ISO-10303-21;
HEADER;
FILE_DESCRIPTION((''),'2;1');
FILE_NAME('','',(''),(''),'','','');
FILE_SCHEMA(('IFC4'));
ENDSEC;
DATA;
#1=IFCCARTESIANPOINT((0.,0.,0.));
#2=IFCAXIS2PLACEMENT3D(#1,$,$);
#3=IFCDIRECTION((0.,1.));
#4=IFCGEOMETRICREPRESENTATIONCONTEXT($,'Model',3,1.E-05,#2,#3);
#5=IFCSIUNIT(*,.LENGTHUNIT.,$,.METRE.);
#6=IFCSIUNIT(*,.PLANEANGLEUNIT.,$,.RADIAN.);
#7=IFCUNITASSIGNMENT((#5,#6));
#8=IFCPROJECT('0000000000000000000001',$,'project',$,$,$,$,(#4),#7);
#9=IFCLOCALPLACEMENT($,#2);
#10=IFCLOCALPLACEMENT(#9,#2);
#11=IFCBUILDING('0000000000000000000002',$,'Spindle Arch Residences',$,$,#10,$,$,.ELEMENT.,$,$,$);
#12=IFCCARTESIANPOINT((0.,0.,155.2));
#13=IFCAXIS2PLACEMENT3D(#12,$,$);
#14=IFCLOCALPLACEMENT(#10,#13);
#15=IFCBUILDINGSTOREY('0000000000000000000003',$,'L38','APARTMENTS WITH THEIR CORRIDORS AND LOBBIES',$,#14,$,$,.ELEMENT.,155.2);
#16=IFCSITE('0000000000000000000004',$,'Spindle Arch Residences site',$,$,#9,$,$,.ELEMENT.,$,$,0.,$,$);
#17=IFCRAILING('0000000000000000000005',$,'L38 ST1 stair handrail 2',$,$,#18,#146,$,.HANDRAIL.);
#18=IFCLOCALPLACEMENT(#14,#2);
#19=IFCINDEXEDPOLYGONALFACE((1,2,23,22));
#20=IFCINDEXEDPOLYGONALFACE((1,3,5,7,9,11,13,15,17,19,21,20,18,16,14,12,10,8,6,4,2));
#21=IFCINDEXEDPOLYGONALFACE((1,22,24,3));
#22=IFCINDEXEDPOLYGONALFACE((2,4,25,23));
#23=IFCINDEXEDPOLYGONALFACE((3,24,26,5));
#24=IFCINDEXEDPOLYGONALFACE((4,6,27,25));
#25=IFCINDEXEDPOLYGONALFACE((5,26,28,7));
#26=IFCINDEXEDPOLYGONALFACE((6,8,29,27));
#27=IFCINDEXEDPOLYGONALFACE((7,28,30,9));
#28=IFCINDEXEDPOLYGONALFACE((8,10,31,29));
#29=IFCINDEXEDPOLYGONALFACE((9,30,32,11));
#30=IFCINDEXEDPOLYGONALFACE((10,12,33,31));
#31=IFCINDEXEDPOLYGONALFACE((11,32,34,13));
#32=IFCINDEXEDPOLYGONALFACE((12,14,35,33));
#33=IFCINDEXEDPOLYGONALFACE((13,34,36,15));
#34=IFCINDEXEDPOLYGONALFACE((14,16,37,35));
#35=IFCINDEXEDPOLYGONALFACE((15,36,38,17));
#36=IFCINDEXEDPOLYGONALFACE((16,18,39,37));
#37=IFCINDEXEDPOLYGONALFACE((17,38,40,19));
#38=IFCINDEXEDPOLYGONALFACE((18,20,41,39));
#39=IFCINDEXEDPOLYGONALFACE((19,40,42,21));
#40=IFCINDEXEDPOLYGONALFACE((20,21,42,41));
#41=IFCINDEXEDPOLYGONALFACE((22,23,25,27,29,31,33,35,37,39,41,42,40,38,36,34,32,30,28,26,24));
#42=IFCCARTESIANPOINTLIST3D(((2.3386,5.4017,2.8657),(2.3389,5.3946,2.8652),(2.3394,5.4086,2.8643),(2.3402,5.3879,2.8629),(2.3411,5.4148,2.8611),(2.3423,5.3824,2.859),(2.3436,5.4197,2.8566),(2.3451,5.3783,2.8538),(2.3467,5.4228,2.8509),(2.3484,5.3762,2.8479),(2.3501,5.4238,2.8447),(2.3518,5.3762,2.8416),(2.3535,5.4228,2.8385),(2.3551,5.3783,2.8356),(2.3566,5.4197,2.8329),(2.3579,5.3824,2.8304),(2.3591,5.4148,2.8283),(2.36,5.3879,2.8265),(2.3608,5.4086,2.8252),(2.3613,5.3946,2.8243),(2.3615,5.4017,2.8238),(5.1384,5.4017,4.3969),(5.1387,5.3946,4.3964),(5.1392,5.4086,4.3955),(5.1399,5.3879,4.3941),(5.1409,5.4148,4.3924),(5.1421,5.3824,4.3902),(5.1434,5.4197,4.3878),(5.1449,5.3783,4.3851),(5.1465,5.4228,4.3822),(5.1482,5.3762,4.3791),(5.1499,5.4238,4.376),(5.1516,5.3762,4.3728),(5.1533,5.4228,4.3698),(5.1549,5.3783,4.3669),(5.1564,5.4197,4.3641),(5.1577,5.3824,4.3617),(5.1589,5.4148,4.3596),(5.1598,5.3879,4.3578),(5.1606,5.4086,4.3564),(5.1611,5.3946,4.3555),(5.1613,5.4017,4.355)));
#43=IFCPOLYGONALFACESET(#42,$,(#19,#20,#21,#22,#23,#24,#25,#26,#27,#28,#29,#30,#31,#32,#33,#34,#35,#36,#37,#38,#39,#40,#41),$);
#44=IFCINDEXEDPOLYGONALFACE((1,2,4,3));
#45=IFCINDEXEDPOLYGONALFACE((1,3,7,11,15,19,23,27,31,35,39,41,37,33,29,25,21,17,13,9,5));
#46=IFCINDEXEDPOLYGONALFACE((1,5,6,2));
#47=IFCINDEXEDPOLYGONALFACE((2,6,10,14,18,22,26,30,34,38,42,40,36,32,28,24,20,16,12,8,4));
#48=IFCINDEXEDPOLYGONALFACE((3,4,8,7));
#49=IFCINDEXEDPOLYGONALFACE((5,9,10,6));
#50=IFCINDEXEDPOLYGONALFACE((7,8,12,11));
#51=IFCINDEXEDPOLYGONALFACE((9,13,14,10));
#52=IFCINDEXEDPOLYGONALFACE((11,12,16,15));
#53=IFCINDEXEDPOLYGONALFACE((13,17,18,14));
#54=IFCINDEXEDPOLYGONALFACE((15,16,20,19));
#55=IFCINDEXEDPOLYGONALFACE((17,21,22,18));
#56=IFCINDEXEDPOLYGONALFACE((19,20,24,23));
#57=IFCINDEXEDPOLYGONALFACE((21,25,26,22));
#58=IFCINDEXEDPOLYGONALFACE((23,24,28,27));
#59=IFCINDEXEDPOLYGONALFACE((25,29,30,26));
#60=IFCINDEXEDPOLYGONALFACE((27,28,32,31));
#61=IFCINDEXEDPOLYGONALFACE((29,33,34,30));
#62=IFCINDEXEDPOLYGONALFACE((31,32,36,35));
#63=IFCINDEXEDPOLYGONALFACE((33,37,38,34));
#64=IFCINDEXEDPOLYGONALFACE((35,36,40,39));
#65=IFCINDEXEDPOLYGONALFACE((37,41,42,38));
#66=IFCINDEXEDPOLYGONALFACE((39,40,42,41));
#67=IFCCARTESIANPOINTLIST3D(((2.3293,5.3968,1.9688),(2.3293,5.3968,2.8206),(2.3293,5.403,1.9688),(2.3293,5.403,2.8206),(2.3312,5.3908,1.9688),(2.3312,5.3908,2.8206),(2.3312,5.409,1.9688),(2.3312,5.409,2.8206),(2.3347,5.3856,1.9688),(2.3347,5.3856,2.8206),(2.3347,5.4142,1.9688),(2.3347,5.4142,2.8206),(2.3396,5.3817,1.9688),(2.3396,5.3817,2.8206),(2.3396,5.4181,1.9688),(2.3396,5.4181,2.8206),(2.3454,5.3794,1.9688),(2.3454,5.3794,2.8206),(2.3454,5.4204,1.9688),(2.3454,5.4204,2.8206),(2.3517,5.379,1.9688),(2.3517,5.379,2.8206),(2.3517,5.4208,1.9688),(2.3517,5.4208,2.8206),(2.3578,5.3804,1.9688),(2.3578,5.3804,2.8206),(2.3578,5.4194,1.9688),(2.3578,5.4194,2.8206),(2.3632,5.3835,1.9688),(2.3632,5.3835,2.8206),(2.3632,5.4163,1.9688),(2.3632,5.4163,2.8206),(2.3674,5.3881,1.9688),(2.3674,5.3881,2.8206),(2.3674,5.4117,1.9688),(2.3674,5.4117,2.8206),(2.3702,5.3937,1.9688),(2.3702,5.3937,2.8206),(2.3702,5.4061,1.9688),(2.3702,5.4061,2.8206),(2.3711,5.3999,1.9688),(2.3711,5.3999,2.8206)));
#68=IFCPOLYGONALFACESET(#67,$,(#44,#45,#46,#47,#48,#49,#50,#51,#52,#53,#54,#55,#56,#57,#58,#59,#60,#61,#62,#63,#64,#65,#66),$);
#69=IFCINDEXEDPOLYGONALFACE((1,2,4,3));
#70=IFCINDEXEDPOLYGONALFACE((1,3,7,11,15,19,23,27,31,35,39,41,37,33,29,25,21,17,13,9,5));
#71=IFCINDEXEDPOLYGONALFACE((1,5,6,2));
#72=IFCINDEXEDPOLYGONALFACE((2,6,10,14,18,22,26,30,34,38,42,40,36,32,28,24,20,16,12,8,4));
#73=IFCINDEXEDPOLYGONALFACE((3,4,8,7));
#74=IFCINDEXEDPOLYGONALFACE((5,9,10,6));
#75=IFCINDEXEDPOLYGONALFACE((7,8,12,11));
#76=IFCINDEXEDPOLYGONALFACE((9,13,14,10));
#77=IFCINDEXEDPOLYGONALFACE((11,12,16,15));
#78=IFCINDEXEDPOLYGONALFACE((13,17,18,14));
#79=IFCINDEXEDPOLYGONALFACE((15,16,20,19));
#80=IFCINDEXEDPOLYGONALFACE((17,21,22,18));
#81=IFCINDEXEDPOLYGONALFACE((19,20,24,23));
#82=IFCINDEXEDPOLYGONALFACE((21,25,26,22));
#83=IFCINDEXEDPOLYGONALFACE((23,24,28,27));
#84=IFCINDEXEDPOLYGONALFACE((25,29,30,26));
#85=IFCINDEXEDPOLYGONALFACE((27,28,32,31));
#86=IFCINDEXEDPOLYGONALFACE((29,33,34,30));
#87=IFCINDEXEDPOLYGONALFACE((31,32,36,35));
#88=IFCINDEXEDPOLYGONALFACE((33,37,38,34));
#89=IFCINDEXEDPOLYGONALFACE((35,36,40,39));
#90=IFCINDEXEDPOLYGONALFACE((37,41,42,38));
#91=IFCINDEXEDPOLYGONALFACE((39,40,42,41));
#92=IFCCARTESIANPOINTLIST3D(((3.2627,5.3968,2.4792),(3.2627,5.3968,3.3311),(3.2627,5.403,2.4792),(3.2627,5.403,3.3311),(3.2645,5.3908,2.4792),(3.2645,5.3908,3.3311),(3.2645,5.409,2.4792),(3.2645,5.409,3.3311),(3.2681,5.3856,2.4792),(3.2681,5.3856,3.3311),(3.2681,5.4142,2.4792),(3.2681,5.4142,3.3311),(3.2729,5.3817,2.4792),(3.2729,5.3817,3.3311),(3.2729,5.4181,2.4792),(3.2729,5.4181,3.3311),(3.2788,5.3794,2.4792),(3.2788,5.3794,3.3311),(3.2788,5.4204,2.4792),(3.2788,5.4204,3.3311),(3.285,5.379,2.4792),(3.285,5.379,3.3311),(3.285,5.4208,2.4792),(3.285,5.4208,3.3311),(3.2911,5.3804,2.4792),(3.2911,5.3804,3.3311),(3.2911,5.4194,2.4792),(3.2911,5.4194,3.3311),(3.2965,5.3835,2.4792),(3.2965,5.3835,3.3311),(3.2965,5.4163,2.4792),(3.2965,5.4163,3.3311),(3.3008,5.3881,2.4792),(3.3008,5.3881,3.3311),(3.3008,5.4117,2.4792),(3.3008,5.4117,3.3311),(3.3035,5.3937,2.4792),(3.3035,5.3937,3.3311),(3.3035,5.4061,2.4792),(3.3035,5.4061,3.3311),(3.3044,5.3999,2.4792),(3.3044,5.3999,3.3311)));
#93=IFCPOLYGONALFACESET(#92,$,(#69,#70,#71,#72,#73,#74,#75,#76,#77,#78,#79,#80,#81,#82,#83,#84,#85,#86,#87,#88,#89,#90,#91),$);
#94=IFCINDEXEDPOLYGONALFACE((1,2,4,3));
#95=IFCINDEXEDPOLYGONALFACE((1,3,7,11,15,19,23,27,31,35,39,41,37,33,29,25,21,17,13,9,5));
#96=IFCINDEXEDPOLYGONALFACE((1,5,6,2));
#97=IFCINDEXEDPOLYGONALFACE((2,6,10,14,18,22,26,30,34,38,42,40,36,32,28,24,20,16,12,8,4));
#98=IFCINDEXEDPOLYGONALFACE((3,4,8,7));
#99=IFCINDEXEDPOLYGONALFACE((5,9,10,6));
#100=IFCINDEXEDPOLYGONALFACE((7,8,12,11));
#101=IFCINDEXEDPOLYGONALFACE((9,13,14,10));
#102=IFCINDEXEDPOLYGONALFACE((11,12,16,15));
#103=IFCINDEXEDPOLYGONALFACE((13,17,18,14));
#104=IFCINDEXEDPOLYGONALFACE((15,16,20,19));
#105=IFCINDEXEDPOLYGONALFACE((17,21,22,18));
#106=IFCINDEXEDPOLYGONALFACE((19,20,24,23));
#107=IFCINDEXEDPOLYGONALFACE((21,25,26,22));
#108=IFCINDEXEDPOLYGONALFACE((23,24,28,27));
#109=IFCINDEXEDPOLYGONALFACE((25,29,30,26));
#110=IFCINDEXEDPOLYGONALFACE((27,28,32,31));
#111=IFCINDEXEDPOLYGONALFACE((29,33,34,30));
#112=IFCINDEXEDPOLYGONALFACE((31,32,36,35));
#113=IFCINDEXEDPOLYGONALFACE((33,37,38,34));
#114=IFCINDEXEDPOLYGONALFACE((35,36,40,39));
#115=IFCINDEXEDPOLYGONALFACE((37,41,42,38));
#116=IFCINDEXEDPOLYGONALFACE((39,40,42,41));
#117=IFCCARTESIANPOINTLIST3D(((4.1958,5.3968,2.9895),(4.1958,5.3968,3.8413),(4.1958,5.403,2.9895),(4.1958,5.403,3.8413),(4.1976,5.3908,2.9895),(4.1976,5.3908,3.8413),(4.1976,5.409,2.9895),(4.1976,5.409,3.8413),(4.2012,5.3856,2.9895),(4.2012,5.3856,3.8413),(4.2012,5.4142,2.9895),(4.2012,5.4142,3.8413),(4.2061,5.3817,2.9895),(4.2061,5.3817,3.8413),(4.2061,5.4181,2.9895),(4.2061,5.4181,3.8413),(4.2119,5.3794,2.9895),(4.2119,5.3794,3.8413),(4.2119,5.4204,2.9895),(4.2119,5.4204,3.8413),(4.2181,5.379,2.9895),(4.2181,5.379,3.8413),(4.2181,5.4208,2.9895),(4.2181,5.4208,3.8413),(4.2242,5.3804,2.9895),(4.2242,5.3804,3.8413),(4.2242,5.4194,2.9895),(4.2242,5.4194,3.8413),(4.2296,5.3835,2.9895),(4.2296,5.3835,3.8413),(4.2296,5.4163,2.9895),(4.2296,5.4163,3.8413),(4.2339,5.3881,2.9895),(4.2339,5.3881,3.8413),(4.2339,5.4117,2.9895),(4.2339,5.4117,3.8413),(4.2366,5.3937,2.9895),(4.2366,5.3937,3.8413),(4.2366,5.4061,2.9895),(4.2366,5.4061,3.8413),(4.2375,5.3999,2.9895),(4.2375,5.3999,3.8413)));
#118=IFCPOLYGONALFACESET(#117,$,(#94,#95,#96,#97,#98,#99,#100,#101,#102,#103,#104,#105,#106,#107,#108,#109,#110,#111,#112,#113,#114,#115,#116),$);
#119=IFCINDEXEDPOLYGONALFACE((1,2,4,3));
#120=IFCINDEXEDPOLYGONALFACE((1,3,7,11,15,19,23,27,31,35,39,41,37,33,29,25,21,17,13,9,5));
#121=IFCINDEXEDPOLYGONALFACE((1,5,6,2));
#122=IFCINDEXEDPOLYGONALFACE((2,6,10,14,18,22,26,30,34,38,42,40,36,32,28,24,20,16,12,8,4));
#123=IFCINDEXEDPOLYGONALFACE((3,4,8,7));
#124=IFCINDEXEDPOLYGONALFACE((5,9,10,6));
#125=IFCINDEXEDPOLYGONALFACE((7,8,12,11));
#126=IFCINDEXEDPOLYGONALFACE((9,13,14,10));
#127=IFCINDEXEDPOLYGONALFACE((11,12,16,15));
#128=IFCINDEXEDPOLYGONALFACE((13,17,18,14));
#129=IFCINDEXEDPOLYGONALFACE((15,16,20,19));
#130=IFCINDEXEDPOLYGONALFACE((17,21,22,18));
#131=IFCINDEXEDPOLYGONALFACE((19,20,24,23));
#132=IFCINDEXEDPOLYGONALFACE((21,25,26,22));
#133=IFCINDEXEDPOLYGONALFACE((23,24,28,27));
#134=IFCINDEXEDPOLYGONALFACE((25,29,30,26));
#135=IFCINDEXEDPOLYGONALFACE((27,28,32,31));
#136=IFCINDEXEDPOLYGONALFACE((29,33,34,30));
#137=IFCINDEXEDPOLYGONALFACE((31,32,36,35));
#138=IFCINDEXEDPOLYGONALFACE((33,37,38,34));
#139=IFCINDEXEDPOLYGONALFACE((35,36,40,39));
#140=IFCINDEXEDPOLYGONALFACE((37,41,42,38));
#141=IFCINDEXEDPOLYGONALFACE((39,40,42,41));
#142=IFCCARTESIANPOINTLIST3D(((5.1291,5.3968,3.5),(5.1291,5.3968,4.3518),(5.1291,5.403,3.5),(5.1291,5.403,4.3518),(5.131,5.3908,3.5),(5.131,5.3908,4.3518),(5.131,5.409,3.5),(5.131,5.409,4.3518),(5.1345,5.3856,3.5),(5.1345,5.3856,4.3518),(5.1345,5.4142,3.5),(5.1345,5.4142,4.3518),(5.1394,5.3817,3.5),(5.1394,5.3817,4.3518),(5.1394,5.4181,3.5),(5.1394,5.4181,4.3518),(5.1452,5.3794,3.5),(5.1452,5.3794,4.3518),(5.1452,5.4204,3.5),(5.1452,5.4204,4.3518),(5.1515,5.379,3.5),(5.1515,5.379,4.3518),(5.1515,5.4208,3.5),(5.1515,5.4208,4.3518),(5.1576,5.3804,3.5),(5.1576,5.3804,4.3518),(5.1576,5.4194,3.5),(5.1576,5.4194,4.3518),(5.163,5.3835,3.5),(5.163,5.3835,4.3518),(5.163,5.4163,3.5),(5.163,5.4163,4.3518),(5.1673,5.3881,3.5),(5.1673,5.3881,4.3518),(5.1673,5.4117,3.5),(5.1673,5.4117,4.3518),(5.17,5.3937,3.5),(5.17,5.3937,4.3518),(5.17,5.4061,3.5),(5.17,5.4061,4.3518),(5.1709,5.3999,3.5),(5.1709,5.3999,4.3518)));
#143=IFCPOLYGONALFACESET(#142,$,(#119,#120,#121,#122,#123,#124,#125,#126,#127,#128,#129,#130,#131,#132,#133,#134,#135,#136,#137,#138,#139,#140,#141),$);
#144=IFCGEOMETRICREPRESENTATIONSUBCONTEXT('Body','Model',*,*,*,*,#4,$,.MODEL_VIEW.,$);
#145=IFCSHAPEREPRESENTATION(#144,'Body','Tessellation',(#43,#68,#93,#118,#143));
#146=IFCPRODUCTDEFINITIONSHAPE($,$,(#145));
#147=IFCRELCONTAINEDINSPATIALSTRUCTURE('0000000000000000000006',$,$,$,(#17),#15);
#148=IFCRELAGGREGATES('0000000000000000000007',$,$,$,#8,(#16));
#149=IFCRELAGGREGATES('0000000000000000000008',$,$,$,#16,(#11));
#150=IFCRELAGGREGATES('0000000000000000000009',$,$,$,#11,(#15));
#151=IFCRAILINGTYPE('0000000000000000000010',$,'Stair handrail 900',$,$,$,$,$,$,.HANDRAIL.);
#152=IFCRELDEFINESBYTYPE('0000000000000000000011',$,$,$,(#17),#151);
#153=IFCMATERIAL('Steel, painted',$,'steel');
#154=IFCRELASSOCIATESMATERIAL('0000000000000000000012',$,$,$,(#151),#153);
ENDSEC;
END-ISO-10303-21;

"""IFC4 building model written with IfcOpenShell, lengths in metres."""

from ifc_helpers import new_model, si_unit, direction, frame, origin, origin_2d, place, context, subcontext, project, spatial, circle, extrude, material, type_object, element, save


model = new_model("IFC4")

# Units and contexts
model_context = context("Model", 3, precision=1e-05, world=origin(), true_north=direction((0.0, 1.0)))
body_context = subcontext(model_context, "Body", "Model", "MODEL_VIEW")
ifc_project = project(units=[si_unit("LENGTHUNIT", "METRE"), si_unit("PLANEANGLEUNIT", "RADIAN")], contexts=[model_context])

# Site, building, storey
site_placement = place(None, origin())
site = spatial("IfcSite", under=ifc_project, at=site_placement, Name="Spindle Arch Residences site", CompositionType="ELEMENT", RefElevation=0.0)
building_placement = place(site_placement, origin())
building = spatial("IfcBuilding", under=site, at=building_placement, Name="Spindle Arch Residences", CompositionType="ELEMENT")
storey_placement = place(building_placement, frame((0.0, 0.0, 155.2)))
storey = spatial("IfcBuildingStorey", under=building, at=storey_placement, Name="L38", Description="APARTMENTS WITH THEIR CORRIDORS AND LOBBIES", CompositionType="ELEMENT", Elevation=155.2)

# Railing
ifc_material_1 = material(Name="Steel, painted", Category="steel")
railing_type_1 = type_object("IfcRailingType", Name="Stair handrail 900", PredefinedType="HANDRAIL", material=ifc_material_1)
railing_1_placement = place(storey_placement, frame((2.3501, 5.3999, 1.9688)))
element("IfcRailing", 1, at=railing_1_placement, inside=storey, type_object=railing_type_1, Name="L38 ST1 stair handrail 2", PredefinedType="HANDRAIL", context=body_context, shape_type="SweptSolid", body=[
    extrude(circle(Radius=0.0239, at=origin_2d()), frame((0.0, 0.0, 0.876), z_axis=(0.877357, 0.0, 0.479838), x_axis=(0.0, 1.0, 0.0)), (0.0, 0.0, 1.0), 3.1912),
    extrude(circle(Radius=0.021, at=origin_2d()), origin(), (0.0, 0.0, 1.0), 0.8518),
    extrude(circle(Radius=0.021, at=origin_2d()), frame((0.9333, 0.0, 0.5105)), (0.0, 0.0, 1.0), 0.8518),
    extrude(circle(Radius=0.021, at=origin_2d()), frame((1.8665, 0.0, 1.0208)), (0.0, 0.0, 1.0), 0.8518),
    extrude(circle(Radius=0.021, at=origin_2d()), frame((2.7998, 0.0, 1.5312)), (0.0, 0.0, 1.0), 0.8518),
])

save(model, "model.ifc")
